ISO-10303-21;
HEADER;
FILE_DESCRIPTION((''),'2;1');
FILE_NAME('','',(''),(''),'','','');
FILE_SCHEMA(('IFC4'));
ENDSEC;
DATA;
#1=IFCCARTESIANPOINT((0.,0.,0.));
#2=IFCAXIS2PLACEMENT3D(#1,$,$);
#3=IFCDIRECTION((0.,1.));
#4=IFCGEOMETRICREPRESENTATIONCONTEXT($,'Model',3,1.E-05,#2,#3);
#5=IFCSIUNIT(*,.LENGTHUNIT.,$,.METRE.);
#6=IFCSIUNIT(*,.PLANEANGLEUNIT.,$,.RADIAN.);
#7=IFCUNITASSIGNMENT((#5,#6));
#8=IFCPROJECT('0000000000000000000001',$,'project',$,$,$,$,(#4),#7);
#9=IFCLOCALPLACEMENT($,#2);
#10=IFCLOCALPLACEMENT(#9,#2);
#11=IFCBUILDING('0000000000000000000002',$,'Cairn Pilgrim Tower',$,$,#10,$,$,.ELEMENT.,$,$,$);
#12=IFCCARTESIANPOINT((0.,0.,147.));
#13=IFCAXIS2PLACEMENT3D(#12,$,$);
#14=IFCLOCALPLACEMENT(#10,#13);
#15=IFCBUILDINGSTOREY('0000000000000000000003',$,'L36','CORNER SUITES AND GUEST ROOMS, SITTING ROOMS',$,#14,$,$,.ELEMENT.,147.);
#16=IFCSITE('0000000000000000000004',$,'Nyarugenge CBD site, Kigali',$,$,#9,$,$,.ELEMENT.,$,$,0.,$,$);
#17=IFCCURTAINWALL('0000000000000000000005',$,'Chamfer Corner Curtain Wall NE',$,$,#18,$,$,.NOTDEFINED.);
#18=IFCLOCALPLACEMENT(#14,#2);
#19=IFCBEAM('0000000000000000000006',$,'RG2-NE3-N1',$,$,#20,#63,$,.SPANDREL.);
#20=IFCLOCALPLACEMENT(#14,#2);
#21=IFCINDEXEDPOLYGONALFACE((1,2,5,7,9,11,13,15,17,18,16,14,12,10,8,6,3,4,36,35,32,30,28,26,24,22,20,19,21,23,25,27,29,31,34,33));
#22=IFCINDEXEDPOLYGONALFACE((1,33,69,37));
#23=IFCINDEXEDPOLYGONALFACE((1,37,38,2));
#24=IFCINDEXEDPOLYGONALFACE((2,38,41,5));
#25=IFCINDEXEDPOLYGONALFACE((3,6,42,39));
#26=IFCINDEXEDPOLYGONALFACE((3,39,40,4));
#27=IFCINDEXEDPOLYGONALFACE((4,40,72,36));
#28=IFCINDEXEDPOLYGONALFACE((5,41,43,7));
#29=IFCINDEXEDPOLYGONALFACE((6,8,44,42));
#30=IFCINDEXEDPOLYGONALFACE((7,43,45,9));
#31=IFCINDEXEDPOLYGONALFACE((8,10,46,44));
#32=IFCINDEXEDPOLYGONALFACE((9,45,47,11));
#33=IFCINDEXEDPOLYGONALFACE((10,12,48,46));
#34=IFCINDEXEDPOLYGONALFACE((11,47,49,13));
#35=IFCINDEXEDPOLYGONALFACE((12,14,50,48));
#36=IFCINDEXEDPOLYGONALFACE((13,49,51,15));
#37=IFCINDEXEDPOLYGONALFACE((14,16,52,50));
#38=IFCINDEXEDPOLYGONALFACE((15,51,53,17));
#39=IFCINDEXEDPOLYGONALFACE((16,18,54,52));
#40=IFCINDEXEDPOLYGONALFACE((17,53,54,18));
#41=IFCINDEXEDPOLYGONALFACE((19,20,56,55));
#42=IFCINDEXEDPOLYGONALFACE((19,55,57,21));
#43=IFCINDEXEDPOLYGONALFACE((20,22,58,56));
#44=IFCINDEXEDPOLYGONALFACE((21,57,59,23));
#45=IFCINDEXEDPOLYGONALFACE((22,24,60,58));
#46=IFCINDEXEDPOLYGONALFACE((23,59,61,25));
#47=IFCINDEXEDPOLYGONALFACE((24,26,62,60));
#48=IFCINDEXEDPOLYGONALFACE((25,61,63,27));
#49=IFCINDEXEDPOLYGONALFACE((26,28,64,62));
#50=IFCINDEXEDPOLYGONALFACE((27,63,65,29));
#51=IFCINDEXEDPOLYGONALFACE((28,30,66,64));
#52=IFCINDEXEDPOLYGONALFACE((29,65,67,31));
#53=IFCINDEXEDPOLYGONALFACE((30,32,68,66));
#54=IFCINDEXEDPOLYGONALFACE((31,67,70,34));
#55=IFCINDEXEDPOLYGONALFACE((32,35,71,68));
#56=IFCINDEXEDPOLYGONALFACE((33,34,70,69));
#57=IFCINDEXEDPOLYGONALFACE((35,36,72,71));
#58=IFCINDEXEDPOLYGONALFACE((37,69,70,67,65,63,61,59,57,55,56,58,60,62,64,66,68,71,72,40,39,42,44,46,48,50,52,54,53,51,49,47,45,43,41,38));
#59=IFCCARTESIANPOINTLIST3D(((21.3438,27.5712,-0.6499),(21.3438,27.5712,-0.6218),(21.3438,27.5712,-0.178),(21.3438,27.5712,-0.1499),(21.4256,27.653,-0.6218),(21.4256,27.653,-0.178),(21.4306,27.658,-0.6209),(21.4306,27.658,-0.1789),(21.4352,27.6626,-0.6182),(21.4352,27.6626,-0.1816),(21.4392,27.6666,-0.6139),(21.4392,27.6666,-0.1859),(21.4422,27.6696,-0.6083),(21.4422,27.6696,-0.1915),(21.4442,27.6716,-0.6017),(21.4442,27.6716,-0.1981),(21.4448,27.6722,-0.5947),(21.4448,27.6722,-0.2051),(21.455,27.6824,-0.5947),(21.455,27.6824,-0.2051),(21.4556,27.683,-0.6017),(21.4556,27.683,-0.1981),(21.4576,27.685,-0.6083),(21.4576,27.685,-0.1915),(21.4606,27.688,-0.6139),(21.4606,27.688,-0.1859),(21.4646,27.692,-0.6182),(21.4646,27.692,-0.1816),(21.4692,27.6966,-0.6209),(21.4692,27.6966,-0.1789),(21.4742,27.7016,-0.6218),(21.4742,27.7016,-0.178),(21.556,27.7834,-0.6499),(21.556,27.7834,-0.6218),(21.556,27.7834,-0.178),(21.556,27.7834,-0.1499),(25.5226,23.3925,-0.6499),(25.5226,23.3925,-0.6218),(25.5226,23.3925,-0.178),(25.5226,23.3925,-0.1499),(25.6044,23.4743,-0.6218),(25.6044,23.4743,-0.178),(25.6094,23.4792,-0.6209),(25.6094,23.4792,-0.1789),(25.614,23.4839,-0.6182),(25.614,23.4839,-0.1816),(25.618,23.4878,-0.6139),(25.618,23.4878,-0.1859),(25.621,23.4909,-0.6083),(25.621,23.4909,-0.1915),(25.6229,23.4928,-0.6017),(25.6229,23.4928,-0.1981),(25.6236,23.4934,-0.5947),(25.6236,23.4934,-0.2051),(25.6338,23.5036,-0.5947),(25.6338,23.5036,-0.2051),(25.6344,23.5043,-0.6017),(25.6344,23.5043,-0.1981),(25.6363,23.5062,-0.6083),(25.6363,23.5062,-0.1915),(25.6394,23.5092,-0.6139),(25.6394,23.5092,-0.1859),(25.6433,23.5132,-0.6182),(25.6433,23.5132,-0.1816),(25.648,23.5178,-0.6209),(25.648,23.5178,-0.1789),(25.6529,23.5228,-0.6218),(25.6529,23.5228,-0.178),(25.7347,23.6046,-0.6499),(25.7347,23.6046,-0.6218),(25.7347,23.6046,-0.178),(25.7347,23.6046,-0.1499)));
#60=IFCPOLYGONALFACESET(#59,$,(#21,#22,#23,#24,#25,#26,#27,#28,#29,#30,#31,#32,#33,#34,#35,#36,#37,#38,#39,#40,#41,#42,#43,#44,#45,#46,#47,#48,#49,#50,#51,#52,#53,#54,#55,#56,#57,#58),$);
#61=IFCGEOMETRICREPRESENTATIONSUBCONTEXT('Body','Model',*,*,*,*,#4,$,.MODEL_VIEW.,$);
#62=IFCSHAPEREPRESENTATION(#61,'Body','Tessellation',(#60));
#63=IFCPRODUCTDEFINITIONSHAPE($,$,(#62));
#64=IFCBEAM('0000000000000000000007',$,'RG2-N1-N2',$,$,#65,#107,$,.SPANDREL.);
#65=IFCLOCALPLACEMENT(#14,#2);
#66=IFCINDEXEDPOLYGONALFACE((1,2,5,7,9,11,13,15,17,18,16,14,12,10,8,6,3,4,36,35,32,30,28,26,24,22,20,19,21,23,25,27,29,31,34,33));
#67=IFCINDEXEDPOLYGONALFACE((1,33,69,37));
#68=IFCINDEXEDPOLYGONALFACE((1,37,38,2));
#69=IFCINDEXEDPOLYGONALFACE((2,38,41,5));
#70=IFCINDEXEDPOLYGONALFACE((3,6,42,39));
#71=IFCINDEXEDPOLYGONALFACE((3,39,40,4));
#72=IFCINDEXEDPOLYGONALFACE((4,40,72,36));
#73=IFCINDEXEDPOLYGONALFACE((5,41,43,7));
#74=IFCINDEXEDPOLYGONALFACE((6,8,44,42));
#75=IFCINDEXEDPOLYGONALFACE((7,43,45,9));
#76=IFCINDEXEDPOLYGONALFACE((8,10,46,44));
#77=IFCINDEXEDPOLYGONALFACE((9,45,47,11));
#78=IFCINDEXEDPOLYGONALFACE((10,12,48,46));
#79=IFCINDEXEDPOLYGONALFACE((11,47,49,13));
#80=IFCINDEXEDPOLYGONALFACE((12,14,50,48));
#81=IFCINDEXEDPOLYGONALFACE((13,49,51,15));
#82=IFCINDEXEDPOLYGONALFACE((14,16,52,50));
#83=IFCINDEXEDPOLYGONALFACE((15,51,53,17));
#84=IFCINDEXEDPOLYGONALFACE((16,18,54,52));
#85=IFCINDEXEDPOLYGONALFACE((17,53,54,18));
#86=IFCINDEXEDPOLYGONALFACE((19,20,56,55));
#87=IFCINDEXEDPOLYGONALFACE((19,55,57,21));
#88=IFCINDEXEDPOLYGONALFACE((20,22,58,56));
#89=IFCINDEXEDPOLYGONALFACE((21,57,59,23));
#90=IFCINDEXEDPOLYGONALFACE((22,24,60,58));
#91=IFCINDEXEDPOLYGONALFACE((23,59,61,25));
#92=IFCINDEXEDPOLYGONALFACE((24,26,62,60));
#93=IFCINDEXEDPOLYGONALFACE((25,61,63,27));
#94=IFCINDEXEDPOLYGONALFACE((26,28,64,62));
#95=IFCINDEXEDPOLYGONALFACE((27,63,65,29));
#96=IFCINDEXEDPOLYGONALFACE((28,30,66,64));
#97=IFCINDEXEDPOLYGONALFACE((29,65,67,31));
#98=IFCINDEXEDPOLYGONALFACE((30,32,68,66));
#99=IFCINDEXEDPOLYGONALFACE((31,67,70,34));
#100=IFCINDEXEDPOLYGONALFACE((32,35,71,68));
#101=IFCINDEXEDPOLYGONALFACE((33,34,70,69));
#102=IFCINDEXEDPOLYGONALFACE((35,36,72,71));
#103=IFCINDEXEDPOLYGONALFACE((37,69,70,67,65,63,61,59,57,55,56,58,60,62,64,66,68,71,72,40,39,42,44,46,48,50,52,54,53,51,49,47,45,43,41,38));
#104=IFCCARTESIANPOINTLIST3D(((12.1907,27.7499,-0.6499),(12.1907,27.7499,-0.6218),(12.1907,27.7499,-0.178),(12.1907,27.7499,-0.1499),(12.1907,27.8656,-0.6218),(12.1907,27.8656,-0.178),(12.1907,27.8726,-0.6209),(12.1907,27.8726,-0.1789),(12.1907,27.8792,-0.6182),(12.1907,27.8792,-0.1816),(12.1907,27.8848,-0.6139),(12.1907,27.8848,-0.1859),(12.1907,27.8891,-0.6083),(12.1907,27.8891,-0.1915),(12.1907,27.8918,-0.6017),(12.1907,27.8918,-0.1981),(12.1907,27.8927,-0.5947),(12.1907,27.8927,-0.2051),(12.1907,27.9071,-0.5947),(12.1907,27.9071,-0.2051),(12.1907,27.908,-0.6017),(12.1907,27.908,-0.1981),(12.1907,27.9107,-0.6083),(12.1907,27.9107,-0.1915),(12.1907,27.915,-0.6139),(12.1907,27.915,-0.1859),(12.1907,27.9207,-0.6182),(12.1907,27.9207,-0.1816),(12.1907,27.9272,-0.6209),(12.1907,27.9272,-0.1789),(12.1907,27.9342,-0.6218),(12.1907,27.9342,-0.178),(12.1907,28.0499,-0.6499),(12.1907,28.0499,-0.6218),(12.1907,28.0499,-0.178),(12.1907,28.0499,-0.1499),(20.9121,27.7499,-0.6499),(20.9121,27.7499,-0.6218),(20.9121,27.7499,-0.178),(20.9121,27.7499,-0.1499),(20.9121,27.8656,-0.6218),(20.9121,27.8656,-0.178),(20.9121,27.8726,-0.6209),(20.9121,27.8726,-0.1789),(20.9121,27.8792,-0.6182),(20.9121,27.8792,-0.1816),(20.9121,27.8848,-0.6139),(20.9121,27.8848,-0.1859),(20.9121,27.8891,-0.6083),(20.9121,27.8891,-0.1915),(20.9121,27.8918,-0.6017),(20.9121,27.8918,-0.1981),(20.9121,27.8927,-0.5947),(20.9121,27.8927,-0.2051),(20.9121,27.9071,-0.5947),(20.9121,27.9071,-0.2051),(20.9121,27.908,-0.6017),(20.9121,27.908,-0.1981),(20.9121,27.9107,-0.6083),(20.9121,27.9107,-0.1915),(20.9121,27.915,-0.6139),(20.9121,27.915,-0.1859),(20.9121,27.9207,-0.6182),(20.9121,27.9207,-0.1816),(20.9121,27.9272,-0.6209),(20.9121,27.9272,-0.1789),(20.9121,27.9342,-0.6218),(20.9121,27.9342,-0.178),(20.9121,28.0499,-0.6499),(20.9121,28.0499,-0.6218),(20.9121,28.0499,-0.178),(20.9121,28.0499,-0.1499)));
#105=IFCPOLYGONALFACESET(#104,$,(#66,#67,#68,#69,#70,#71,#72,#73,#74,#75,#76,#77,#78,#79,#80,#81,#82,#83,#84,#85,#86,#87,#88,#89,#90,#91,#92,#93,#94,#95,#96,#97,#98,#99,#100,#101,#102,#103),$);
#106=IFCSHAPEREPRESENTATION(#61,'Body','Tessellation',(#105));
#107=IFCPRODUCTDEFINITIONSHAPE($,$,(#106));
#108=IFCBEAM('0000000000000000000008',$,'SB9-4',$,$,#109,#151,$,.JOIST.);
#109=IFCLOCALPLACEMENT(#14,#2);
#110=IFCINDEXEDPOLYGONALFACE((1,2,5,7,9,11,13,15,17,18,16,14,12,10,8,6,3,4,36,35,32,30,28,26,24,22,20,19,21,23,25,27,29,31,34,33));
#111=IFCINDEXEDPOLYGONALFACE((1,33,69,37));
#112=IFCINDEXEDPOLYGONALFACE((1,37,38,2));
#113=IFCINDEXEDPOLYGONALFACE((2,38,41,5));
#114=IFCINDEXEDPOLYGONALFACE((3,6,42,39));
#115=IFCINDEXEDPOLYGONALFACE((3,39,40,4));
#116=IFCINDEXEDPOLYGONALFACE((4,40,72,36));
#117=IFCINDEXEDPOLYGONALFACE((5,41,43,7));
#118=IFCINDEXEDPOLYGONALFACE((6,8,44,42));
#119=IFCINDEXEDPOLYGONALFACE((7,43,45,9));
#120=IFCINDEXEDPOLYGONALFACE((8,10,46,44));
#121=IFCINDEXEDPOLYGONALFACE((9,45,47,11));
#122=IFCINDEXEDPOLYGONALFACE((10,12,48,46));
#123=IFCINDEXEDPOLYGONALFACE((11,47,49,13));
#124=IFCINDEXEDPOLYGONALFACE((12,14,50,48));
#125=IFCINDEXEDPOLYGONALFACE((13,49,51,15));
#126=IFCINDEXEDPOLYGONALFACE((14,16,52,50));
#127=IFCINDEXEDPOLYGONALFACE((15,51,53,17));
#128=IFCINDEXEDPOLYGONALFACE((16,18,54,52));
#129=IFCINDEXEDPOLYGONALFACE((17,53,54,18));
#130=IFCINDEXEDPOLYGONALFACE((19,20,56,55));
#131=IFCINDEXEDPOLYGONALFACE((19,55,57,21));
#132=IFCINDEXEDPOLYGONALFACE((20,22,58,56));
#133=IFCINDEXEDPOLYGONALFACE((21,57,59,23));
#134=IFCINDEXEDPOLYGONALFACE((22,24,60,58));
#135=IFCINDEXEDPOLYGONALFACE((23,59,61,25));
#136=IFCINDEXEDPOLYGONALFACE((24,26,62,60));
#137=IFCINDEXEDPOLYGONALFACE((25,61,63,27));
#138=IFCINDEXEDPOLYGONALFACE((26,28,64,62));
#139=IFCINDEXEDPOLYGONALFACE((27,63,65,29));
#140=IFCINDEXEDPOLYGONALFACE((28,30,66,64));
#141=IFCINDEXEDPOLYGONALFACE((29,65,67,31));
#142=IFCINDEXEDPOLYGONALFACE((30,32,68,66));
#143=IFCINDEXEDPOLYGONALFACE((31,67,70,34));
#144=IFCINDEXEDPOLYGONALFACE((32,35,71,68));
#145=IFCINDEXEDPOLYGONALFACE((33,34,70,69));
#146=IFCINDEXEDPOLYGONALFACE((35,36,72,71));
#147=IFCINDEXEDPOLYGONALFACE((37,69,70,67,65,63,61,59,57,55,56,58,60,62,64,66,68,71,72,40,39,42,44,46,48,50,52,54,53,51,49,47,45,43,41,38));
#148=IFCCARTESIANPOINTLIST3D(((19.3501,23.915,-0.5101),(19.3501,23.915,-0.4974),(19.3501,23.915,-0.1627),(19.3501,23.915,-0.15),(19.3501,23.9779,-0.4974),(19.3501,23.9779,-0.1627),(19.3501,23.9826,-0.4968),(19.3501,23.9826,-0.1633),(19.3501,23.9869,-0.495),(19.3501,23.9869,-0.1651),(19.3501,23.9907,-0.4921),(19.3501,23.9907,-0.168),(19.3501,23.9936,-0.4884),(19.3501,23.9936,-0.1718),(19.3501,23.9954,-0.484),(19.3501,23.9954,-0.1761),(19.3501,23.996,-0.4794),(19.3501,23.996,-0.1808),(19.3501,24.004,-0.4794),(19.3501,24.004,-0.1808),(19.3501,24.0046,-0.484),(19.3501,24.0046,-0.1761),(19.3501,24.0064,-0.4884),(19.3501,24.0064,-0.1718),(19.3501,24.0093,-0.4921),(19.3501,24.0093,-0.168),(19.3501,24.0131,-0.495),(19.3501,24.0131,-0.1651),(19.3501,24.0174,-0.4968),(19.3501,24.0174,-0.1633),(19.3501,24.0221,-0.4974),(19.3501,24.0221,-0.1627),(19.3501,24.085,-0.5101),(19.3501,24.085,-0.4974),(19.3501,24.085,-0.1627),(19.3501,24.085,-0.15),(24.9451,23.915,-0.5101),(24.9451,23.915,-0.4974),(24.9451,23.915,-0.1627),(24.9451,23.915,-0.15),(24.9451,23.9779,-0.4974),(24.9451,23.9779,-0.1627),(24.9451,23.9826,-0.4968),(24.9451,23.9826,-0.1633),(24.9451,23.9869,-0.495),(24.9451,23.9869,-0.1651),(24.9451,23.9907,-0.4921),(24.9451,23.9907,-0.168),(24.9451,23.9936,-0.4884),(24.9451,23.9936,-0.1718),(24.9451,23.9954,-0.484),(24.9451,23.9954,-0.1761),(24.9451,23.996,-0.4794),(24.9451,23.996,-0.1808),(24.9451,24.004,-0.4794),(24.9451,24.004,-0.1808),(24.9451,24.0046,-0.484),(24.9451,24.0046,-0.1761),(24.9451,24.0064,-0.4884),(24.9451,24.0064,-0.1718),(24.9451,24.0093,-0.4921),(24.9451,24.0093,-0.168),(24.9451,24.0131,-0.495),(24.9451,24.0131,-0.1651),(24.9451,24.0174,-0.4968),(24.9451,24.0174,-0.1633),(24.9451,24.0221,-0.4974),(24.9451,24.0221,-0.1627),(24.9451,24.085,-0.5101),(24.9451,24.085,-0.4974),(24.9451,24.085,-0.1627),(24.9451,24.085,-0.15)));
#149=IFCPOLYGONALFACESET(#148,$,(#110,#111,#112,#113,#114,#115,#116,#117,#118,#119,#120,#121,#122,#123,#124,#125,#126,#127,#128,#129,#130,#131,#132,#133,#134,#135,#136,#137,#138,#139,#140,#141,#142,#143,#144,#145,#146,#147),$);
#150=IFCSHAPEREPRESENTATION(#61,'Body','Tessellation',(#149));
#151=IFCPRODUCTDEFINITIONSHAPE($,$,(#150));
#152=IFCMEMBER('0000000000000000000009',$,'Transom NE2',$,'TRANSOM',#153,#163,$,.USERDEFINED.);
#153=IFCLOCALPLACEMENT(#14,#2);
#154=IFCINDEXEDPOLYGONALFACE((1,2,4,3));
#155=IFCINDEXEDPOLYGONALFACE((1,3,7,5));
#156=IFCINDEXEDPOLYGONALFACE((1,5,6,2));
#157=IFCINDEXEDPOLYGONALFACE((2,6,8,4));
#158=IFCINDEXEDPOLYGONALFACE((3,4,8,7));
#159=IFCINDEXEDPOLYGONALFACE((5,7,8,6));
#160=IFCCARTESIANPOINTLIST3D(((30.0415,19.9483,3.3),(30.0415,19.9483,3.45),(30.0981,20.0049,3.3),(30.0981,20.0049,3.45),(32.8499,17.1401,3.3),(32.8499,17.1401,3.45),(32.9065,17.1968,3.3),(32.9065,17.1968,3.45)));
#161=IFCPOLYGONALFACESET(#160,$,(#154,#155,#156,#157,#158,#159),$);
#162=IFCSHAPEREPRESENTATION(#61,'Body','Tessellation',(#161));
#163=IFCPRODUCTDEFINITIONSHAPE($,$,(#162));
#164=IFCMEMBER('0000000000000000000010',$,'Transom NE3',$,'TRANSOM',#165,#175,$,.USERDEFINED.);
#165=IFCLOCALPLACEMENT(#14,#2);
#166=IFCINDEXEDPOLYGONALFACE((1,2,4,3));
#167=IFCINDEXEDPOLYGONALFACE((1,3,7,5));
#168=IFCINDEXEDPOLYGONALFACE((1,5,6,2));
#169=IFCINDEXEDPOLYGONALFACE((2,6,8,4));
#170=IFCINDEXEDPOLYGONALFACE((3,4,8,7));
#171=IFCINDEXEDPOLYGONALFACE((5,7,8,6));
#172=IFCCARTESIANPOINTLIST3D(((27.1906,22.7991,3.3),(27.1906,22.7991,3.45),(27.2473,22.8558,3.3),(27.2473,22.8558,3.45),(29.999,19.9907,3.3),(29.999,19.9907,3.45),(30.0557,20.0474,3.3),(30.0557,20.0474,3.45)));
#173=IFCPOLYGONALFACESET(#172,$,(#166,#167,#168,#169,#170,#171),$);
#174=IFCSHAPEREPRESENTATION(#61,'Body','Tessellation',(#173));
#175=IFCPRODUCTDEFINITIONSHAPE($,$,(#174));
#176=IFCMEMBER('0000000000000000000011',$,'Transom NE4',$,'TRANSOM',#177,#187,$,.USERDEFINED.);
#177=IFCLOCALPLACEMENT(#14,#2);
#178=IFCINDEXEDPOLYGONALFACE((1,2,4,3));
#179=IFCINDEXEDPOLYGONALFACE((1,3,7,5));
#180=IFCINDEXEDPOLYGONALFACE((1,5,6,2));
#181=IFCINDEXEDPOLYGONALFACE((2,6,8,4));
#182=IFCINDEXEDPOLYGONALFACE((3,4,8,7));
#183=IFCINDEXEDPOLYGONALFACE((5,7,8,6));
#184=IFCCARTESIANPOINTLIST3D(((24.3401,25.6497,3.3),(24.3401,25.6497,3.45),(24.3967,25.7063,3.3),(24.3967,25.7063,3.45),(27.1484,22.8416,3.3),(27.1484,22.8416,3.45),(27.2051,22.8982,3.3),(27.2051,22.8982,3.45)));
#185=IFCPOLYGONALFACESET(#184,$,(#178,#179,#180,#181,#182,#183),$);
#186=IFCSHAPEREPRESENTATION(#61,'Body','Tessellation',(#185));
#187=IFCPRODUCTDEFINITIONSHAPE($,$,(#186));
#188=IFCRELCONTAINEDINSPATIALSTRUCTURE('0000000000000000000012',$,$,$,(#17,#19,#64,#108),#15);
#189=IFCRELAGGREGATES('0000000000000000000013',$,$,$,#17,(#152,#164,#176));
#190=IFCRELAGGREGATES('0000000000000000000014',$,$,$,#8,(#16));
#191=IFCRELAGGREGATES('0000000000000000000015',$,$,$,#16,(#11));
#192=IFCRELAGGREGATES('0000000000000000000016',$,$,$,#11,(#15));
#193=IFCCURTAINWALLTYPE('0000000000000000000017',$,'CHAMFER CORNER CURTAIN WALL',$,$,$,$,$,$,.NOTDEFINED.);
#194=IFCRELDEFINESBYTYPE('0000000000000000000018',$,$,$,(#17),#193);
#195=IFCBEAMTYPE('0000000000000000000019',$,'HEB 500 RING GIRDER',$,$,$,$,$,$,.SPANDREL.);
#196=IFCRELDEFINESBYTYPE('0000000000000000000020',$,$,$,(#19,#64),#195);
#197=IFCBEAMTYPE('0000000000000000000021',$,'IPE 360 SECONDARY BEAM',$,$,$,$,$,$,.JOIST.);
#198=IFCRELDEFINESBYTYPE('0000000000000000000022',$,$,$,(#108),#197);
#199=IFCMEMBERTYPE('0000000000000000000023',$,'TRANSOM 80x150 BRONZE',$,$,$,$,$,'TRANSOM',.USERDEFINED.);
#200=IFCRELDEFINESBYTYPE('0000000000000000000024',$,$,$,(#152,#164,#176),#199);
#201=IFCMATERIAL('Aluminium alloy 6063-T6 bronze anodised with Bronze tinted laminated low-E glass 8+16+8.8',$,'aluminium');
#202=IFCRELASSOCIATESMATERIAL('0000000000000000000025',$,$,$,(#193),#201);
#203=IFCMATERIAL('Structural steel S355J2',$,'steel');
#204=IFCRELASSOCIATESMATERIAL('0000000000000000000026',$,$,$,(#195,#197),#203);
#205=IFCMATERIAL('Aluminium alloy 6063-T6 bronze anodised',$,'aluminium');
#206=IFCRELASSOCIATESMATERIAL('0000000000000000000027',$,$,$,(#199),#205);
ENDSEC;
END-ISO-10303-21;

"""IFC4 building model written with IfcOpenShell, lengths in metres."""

from ifc_helpers import new_model, si_unit, direction, frame, origin, origin_2d, place, context, subcontext, project, spatial, rectangle, i_section, extrude, material, material_profile, profile_set, type_object, element, aggregate, save


model = new_model("IFC4")

# Units and contexts
model_context = context("Model", 3, precision=1e-05, world=origin(), true_north=direction((0.0, 1.0)))
body_context = subcontext(model_context, "Body", "Model", "MODEL_VIEW")
ifc_project = project(units=[si_unit("LENGTHUNIT", "METRE"), si_unit("PLANEANGLEUNIT", "RADIAN")], contexts=[model_context])

# Site, building, storey
site_placement = place(None, origin())
site = spatial("IfcSite", under=ifc_project, at=site_placement, Name="Nyarugenge CBD site, Kigali", CompositionType="ELEMENT", RefElevation=0.0)
building_placement = place(site_placement, origin())
building = spatial("IfcBuilding", under=site, at=building_placement, Name="Cairn Pilgrim Tower", CompositionType="ELEMENT")
storey_placement = place(building_placement, frame((0.0, 0.0, 147.0)))
storey = spatial("IfcBuildingStorey", under=building, at=storey_placement, Name="L36", Description="CORNER SUITES AND GUEST ROOMS, SITTING ROOMS", CompositionType="ELEMENT", Elevation=147.0)

# Shared definitions
ifc_material_1 = material(Name="Structural steel S355J2", Category="steel")

# Curtain wall
ifc_material_2 = material(Name="Aluminium alloy 6063-T6 bronze anodised with Bronze tinted laminated low-E glass 8+16+8.8", Category="aluminium")
curtain_wall_type_1 = type_object("IfcCurtainWallType", Name="CHAMFER CORNER CURTAIN WALL", PredefinedType="NOTDEFINED", material=ifc_material_2)
curtain_wall_1_placement = place(storey_placement, origin())
curtain_wall_1 = element("IfcCurtainWall", 1, at=curtain_wall_1_placement, inside=storey, type_object=curtain_wall_type_1, Name="Chamfer Corner Curtain Wall NE", PredefinedType="NOTDEFINED")
ifc_material_3 = material(Name="Aluminium alloy 6063-T6 bronze anodised", Category="aluminium")

# Beams
ifc_material_profile_1 = material_profile(ifc_material_1, i_section(OverallWidth=0.3, OverallDepth=0.5, WebThickness=0.0144, FlangeThickness=0.0281, FilletRadius=0.0271, at=origin_2d()), Name="HEB 500")
ifc_profile_set_1 = profile_set([ifc_material_profile_1], Name="Structural steel S355J2")
beam_type_1 = type_object("IfcBeamType", Name="HEB 500 RING GIRDER", PredefinedType="SPANDREL", material=ifc_profile_set_1)
beam_1_placement = place(storey_placement, frame((25.6287, 23.4985, -0.3999), z_axis=(-0.707107, 0.707107, 0.0), x_axis=(-0.707107, -0.707107, 0.0)))
element("IfcBeam", 2, at=beam_1_placement, inside=storey, type_object=beam_type_1, Name="RG2-NE3-N1", PredefinedType="SPANDREL", context=body_context, shape_type="SweptSolid", body=[
    extrude(i_section(OverallWidth=0.3, OverallDepth=0.5, WebThickness=0.0144, FlangeThickness=0.0281, FilletRadius=0.0271, at=origin_2d()), origin(), (0.0, 0.0, 1.0), 5.9097),
])
beam_2_placement = place(storey_placement, frame((20.9121, 27.8999, -0.3999), z_axis=(-1.0, 0.0, 0.0), x_axis=(0.0, -1.0, 0.0)))
element("IfcBeam", 3, at=beam_2_placement, inside=storey, type_object=beam_type_1, Name="RG2-N1-N2", PredefinedType="SPANDREL", context=body_context, shape_type="SweptSolid", body=[
    extrude(i_section(OverallWidth=0.3, OverallDepth=0.5, WebThickness=0.0144, FlangeThickness=0.0281, FilletRadius=0.0271, at=origin_2d()), origin(), (0.0, 0.0, 1.0), 8.7214),
])
ifc_material_profile_2 = material_profile(ifc_material_1, i_section(OverallWidth=0.1699, OverallDepth=0.3601, WebThickness=0.0081, FlangeThickness=0.0127, FilletRadius=0.0181, at=origin_2d()), Name="IPE 360")
ifc_profile_set_2 = profile_set([ifc_material_profile_2], Name="Structural steel S355J2")
beam_type_2 = type_object("IfcBeamType", Name="IPE 360 SECONDARY BEAM", PredefinedType="JOIST", material=ifc_profile_set_2)
beam_3_placement = place(storey_placement, frame((19.3501, 24.0, -0.3301), z_axis=(1.0, 0.0, 0.0), x_axis=(0.0, 1.0, 0.0)))
element("IfcBeam", 4, at=beam_3_placement, inside=storey, type_object=beam_type_2, Name="SB9-4", PredefinedType="JOIST", context=body_context, shape_type="SweptSolid", body=[
    extrude(i_section(OverallWidth=0.1699, OverallDepth=0.3601, WebThickness=0.0081, FlangeThickness=0.0127, FilletRadius=0.0181, at=origin_2d()), origin(), (0.0, 0.0, 1.0), 5.595),
])

# Members
ifc_material_profile_3 = material_profile(ifc_material_3, rectangle(XDim=0.0801, YDim=0.1499, at=origin_2d()), Name="TRANSOM 80x150 BRONZE")
ifc_profile_set_3 = profile_set([ifc_material_profile_3], Name="Aluminium alloy 6063-T6 bronze anodised")
member_type_1 = type_object("IfcMemberType", Name="TRANSOM 80x150 BRONZE", ElementType="TRANSOM", PredefinedType="USERDEFINED", material=ifc_profile_set_3)
member_1_placement = place(storey_placement, frame((32.8782, 17.1685, 3.375), z_axis=(-0.707138, 0.707076, 0.0), x_axis=(-0.707076, -0.707138, 0.0)))
member_1 = element("IfcMember", 5, at=member_1_placement, type_object=member_type_1, Name="Transom NE2", ObjectType="TRANSOM", PredefinedType="USERDEFINED", context=body_context, shape_type="SweptSolid", body=[
    extrude(rectangle(XDim=0.0801, YDim=0.1499, at=origin_2d()), origin(), (0.0, 0.0, 1.0), 3.9714),
])
member_2_placement = place(storey_placement, frame((30.0273, 20.019, 3.375), z_axis=(-0.707107, 0.707107, 0.0), x_axis=(-0.707107, -0.707107, 0.0)))
member_2 = element("IfcMember", 6, at=member_2_placement, type_object=member_type_1, Name="Transom NE3", ObjectType="TRANSOM", PredefinedType="USERDEFINED", context=body_context, shape_type="SweptSolid", body=[
    extrude(rectangle(XDim=0.0801, YDim=0.1499, at=origin_2d()), origin(), (0.0, 0.0, 1.0), 3.9717),
])
member_3_placement = place(storey_placement, frame((27.1768, 22.8699, 3.375), z_axis=(-0.707138, 0.707076, 0.0), x_axis=(-0.707076, -0.707138, 0.0)))
member_3 = element("IfcMember", 7, at=member_3_placement, type_object=member_type_1, Name="Transom NE4", ObjectType="TRANSOM", PredefinedType="USERDEFINED", context=body_context, shape_type="SweptSolid", body=[
    extrude(rectangle(XDim=0.0801, YDim=0.1499, at=origin_2d()), origin(), (0.0, 0.0, 1.0), 3.9714),
])

aggregate(curtain_wall_1, [member_1, member_2, member_3])

save(model, "model.ifc")
